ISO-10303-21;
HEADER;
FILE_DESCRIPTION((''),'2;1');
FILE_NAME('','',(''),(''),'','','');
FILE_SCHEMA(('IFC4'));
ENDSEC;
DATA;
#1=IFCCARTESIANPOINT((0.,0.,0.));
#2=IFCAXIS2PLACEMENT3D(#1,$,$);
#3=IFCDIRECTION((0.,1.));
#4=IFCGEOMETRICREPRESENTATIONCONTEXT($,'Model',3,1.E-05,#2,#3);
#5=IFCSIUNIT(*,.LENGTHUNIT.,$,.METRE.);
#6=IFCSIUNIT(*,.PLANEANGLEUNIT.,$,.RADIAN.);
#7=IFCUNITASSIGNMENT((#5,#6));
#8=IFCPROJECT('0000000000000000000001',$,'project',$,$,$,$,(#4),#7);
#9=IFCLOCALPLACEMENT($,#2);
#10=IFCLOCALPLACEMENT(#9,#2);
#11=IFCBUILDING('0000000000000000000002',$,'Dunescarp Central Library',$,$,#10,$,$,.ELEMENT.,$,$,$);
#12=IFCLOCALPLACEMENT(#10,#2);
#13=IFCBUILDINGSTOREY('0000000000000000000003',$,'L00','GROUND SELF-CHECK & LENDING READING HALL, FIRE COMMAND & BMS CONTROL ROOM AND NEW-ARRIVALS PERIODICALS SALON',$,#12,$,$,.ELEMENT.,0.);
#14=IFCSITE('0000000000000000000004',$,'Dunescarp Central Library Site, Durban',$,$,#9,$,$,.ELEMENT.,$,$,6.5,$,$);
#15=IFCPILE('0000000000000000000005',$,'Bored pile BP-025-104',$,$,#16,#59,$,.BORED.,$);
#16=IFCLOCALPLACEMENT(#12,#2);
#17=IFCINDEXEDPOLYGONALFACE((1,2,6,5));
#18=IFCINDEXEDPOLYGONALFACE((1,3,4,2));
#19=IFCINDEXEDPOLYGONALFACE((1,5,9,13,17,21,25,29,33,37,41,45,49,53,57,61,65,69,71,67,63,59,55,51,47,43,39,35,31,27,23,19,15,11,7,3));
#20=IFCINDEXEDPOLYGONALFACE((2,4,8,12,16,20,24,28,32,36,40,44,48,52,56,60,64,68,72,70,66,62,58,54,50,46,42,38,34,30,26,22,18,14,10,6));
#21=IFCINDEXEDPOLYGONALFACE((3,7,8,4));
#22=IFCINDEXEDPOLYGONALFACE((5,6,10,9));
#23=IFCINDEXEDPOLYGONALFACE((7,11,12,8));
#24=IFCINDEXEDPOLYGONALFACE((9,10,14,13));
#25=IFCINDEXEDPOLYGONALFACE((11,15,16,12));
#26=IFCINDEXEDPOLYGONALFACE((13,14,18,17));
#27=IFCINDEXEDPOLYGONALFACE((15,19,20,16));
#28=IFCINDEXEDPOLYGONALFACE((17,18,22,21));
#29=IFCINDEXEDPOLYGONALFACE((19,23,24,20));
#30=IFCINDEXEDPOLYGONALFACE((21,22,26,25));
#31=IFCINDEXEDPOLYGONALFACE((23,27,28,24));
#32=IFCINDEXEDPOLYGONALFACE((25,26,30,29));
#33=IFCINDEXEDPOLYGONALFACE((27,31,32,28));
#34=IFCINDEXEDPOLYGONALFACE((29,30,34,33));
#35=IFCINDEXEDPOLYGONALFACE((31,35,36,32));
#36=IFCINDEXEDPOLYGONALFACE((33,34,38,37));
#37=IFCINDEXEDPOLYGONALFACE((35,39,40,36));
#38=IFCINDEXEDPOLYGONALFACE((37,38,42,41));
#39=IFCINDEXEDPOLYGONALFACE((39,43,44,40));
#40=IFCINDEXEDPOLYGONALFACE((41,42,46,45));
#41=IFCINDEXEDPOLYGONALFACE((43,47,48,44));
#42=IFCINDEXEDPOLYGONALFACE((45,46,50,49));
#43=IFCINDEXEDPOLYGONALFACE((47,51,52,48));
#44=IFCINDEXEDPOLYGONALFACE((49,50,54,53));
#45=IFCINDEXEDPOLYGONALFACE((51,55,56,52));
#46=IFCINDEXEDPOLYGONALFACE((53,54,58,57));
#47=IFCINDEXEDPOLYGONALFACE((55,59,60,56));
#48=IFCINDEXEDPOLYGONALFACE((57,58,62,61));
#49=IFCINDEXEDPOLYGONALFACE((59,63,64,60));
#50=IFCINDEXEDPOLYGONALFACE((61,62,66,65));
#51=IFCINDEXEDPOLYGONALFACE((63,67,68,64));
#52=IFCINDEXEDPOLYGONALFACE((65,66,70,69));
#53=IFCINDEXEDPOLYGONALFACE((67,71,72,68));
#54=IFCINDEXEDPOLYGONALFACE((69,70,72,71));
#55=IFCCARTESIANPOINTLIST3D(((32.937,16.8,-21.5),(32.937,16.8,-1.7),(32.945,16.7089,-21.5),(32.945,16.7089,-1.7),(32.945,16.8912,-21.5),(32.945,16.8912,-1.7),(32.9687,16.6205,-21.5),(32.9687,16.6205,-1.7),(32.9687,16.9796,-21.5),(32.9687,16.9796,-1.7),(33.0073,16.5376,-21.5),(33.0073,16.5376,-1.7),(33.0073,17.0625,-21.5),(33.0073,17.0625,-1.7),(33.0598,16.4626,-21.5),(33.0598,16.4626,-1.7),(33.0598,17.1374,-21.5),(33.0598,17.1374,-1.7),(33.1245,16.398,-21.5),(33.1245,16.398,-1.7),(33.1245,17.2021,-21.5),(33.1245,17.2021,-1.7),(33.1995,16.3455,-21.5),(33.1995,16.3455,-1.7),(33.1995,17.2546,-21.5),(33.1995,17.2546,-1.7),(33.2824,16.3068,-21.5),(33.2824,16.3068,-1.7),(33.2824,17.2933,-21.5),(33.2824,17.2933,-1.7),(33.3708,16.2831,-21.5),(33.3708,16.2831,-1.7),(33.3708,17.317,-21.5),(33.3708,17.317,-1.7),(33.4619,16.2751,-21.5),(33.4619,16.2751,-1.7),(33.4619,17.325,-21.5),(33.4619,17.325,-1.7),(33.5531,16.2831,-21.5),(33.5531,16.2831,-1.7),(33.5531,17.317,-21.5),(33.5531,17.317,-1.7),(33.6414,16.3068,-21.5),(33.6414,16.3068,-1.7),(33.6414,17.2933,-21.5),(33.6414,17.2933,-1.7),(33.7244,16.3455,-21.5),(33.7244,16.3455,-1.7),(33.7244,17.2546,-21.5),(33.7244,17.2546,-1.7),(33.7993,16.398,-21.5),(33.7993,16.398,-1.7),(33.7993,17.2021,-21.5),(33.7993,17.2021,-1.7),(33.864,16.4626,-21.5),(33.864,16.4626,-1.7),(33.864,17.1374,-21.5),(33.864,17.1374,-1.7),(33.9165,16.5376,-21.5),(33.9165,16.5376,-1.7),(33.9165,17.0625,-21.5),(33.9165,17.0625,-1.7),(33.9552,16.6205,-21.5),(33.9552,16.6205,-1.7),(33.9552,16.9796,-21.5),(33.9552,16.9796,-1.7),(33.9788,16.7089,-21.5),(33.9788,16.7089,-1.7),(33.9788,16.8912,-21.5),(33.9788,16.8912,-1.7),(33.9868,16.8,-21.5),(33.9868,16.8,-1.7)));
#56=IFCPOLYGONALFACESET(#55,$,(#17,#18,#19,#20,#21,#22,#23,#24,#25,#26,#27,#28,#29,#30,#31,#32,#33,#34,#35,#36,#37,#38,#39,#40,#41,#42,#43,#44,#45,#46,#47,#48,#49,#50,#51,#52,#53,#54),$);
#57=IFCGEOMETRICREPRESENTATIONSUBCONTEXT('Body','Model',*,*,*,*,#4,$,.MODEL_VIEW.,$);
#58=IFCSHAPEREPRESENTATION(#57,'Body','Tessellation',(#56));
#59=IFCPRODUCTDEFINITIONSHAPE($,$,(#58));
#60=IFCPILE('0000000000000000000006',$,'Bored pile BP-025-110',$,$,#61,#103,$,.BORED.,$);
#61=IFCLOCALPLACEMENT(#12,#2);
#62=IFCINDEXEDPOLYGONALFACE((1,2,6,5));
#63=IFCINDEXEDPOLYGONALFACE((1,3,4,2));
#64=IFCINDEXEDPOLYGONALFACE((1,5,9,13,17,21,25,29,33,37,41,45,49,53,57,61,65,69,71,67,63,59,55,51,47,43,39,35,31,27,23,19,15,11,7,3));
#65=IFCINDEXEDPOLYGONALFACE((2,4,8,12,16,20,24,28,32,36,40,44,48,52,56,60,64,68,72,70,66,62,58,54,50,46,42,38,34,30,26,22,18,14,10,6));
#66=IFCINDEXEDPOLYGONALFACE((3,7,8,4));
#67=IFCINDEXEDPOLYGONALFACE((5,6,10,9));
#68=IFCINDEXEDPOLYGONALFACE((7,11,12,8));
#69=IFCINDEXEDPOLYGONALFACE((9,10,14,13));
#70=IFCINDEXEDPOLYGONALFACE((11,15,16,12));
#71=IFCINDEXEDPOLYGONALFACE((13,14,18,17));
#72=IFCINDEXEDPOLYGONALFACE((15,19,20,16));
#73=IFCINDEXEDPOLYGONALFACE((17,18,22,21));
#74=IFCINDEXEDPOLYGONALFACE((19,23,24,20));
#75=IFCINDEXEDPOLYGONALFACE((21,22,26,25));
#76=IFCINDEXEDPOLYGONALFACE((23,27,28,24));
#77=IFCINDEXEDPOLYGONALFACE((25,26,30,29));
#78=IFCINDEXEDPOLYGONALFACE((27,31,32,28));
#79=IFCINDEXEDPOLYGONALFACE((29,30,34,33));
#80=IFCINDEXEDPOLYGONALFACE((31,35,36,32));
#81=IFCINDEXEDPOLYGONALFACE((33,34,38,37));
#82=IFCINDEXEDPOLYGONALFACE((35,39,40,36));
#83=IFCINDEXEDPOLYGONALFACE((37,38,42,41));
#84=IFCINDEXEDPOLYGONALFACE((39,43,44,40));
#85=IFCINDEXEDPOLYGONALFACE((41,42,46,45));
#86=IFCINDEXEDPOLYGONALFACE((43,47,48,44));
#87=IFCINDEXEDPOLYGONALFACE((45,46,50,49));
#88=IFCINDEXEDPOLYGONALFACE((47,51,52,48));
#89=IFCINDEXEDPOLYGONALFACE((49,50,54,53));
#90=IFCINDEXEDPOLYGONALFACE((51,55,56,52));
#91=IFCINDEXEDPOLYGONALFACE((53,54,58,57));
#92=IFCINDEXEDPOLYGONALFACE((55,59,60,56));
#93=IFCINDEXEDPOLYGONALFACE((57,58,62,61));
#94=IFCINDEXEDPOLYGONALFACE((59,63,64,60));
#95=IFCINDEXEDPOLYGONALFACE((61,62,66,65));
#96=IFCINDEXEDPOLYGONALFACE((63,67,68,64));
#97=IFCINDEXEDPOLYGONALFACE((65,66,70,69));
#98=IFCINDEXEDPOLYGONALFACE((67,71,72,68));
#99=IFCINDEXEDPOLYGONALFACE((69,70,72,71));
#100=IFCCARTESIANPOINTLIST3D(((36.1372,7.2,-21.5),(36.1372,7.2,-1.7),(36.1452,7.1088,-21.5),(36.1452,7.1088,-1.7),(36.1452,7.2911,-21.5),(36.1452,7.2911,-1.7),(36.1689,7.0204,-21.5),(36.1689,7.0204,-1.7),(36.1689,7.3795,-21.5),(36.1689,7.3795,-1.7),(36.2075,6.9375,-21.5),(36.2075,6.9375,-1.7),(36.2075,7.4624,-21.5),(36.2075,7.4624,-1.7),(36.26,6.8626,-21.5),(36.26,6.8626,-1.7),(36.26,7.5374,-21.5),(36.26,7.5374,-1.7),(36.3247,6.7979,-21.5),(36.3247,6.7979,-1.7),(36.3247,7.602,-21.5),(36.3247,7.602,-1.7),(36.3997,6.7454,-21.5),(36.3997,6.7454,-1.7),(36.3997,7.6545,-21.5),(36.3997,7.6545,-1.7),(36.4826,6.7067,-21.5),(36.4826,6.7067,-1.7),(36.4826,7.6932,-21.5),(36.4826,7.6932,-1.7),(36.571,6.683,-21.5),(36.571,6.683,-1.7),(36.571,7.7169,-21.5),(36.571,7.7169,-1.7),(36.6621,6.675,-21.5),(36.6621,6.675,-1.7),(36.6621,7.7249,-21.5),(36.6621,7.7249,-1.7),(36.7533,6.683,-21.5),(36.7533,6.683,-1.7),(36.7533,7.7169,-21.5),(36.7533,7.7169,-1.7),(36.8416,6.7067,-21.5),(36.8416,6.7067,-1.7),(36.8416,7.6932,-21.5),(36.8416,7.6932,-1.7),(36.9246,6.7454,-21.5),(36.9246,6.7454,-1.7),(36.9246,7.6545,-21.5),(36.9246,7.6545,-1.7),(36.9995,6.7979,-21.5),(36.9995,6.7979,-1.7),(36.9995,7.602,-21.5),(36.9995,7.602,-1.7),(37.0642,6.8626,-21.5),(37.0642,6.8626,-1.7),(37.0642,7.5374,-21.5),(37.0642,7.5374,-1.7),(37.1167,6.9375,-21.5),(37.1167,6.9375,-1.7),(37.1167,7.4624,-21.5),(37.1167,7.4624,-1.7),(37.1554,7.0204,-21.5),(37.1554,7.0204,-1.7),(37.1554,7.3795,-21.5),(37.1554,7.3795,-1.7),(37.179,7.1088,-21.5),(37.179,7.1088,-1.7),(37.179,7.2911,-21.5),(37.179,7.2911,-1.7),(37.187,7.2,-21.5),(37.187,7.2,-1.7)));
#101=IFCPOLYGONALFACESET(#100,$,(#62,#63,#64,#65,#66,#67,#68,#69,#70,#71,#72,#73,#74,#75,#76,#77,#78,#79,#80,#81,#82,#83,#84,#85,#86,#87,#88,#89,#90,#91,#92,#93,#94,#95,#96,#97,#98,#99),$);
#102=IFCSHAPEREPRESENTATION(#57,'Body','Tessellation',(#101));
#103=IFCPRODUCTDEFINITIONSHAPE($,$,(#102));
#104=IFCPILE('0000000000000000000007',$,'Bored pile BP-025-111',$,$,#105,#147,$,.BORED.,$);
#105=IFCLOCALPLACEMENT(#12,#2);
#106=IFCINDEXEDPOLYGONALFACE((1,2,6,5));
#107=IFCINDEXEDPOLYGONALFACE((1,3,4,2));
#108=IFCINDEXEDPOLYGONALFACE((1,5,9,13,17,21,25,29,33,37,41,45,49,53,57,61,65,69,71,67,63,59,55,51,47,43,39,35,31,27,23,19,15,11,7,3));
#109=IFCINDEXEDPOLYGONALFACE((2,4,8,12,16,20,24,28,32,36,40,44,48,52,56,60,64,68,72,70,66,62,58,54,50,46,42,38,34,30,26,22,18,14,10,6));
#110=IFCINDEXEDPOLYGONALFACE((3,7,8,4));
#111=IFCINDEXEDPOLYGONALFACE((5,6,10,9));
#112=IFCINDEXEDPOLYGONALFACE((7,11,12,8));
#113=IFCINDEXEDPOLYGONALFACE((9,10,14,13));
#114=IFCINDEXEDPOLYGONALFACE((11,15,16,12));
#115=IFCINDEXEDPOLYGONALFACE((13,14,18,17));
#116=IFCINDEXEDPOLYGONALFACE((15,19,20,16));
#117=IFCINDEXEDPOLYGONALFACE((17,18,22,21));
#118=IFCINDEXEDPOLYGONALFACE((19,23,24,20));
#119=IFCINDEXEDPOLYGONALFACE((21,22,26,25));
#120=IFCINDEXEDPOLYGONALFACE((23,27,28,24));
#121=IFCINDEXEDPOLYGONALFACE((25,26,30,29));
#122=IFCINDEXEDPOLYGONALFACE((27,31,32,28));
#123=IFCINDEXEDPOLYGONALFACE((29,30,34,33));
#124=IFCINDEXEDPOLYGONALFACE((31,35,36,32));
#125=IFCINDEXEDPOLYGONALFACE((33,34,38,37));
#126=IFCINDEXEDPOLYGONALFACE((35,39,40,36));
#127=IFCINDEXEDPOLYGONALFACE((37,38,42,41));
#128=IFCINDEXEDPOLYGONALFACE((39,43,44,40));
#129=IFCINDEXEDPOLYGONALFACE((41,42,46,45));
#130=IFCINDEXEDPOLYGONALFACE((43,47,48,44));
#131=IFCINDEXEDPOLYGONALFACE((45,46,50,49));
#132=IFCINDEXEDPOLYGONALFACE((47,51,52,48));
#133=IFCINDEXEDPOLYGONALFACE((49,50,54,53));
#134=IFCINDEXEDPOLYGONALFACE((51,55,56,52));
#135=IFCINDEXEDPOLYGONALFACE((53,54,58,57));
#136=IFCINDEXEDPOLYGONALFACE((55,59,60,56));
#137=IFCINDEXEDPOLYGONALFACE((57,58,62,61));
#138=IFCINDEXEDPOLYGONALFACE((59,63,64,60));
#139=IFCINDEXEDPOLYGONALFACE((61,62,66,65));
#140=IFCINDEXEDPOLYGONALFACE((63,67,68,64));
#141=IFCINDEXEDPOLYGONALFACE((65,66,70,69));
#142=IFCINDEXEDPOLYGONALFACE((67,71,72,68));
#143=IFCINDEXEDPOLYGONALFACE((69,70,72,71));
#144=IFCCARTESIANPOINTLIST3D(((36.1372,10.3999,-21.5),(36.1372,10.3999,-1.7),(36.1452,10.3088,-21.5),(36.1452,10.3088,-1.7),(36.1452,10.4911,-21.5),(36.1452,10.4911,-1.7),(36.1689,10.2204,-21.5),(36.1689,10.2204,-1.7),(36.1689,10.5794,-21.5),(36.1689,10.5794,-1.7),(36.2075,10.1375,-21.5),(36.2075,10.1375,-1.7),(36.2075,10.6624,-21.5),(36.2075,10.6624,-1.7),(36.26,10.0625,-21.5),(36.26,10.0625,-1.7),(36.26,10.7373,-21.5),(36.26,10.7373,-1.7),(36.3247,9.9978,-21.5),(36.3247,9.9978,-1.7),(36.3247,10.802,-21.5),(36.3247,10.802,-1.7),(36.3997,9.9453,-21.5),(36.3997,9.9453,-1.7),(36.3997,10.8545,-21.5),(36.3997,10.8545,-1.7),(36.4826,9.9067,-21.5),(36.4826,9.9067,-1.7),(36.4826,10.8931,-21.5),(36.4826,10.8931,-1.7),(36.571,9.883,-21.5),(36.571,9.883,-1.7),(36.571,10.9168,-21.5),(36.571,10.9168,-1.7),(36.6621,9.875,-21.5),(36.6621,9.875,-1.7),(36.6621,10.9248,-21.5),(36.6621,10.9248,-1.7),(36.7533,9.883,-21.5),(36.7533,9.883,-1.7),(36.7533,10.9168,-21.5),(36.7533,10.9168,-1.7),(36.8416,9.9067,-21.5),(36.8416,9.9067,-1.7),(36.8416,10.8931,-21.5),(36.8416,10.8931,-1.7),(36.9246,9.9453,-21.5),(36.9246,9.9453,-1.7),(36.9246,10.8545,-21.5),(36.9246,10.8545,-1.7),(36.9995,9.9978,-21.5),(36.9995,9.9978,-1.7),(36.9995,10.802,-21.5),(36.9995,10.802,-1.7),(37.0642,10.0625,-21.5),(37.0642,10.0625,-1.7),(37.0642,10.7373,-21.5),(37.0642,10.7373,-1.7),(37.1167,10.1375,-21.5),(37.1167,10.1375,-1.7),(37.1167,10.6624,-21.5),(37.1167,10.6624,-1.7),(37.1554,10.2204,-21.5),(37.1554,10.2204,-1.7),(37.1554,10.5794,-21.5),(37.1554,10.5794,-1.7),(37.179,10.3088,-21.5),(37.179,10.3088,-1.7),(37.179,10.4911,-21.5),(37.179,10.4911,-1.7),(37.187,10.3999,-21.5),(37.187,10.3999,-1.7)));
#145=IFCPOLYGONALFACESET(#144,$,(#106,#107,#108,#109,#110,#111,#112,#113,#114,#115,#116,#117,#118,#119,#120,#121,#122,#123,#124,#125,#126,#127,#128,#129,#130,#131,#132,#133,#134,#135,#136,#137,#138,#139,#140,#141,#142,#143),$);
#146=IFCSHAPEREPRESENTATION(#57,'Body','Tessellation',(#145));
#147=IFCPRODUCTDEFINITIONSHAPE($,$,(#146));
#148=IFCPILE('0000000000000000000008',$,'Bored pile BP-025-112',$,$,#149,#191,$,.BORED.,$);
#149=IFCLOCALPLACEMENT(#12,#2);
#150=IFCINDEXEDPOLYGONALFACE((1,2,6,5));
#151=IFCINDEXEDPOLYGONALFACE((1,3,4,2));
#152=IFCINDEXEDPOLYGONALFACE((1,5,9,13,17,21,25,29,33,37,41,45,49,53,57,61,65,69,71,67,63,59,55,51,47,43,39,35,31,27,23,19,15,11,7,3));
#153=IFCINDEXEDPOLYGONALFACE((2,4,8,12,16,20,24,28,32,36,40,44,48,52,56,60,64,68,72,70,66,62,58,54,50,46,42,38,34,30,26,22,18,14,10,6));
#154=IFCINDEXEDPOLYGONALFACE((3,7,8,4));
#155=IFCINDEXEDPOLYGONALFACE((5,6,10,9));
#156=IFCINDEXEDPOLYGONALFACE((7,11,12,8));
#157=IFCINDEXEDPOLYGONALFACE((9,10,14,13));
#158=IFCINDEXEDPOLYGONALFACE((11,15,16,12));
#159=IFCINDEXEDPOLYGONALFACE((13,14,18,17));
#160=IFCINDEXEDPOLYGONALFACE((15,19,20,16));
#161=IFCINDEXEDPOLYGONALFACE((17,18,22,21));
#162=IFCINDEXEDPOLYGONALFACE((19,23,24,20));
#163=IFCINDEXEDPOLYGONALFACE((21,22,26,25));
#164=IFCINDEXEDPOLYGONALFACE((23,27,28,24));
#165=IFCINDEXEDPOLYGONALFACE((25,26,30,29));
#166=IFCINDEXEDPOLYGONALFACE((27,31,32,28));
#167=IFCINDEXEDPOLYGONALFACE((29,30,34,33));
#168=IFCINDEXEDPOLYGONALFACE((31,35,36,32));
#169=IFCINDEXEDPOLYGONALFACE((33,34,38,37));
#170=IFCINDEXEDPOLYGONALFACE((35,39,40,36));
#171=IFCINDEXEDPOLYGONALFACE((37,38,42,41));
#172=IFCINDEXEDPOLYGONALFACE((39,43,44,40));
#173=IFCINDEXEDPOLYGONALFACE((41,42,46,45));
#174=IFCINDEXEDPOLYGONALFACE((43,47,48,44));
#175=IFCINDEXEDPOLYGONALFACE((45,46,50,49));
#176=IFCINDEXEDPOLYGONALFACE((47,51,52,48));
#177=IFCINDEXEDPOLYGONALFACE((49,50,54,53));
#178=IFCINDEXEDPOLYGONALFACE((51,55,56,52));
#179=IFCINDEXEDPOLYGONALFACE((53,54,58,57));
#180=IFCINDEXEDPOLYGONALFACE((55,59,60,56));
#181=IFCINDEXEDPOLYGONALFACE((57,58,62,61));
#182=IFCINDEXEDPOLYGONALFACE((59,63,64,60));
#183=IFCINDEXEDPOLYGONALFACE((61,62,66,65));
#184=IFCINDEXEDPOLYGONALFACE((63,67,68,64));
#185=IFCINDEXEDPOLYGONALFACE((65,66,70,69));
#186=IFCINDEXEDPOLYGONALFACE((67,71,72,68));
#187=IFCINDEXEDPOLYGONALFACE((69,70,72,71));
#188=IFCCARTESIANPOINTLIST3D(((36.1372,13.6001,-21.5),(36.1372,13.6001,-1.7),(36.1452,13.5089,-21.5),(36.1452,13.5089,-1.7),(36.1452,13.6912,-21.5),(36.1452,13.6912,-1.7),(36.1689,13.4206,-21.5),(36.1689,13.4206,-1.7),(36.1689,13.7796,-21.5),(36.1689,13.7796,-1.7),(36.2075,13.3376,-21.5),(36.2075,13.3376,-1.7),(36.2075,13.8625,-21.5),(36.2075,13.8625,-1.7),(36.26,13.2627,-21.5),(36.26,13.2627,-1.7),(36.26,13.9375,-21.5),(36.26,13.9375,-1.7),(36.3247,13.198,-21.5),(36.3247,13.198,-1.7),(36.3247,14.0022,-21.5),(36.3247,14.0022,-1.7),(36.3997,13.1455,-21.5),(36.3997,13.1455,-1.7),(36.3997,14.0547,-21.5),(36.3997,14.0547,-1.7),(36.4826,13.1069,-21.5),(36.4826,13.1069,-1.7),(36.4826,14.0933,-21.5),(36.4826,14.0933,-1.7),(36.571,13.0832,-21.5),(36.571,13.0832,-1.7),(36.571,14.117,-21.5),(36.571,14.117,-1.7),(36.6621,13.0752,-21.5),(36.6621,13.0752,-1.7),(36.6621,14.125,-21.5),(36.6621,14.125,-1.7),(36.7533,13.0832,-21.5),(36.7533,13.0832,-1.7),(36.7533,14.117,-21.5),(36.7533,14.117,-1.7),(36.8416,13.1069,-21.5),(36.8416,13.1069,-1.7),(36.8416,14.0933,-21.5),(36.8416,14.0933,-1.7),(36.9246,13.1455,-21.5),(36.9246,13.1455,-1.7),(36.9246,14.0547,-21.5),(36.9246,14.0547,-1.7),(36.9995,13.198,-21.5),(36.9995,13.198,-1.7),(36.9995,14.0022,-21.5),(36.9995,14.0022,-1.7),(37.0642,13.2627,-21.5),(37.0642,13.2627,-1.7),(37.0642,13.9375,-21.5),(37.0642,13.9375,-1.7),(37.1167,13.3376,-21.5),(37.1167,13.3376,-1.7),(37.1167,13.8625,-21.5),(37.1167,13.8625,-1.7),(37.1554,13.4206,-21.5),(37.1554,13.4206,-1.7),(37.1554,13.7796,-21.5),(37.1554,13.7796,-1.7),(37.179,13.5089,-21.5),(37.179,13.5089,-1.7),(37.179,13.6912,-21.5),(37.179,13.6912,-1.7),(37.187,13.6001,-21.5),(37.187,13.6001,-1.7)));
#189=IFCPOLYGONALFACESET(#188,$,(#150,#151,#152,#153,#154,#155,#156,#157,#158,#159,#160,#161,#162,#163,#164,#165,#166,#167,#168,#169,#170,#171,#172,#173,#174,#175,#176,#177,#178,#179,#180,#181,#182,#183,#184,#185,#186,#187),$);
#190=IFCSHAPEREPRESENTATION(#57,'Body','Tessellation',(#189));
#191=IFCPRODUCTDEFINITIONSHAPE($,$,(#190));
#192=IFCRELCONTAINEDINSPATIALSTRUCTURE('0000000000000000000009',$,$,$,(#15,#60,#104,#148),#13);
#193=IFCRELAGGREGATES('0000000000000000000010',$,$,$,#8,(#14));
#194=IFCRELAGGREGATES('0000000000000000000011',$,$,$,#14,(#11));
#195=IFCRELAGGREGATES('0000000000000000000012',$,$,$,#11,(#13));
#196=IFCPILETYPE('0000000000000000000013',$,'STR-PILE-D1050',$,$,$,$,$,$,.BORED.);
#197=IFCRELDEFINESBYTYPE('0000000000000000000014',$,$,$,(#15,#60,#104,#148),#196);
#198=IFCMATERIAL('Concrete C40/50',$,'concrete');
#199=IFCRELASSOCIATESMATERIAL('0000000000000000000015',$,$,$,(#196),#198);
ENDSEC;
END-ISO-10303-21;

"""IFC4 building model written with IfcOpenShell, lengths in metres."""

from ifc_helpers import new_model, si_unit, direction, frame, origin, origin_2d, place, context, subcontext, project, spatial, circle, extrude, material, material_profile, profile_set, type_object, element, save


model = new_model("IFC4")

# Units and contexts
model_context = context("Model", 3, precision=1e-05, world=origin(), true_north=direction((0.0, 1.0)))
body_context = subcontext(model_context, "Body", "Model", "MODEL_VIEW")
ifc_project = project(units=[si_unit("LENGTHUNIT", "METRE"), si_unit("PLANEANGLEUNIT", "RADIAN")], contexts=[model_context])

# Site, building, storey
site_placement = place(None, origin())
site = spatial("IfcSite", under=ifc_project, at=site_placement, Name="Dunescarp Central Library Site, Durban", CompositionType="ELEMENT", RefElevation=6.5)
building_placement = place(site_placement, origin())
building = spatial("IfcBuilding", under=site, at=building_placement, Name="Dunescarp Central Library", CompositionType="ELEMENT")
storey_placement = place(building_placement, origin())
storey = spatial("IfcBuildingStorey", under=building, at=storey_placement, Name="L00", Description="GROUND SELF-CHECK & LENDING READING HALL, FIRE COMMAND & BMS CONTROL ROOM AND NEW-ARRIVALS PERIODICALS SALON", CompositionType="ELEMENT", Elevation=0.0)

# Piles
ifc_material_1 = material(Name="Concrete C40/50", Category="concrete")
ifc_material_profile_1 = material_profile(ifc_material_1, circle(Radius=0.5249, at=origin_2d()), Name="PILE D1050")
ifc_profile_set_1 = profile_set([ifc_material_profile_1], Name="Concrete C40/50")
pile_type = type_object("IfcPileType", Name="STR-PILE-D1050", PredefinedType="BORED", material=ifc_profile_set_1)
for number, where, z_axis, x_axis, name in (
    (1, (33.4619, 16.8, -1.7), (0.0, 0.0, -1.0), (1.0, 0.0, 0.0), "Bored pile BP-025-104"),
    (2, (36.6621, 7.2, -1.7), (0.0, 0.0, -1.0), (1.0, 0.0, 0.0), "Bored pile BP-025-110"),
    (3, (36.6621, 10.3999, -1.7), (0.0, 0.0, -1.0), (1.0, 0.0, 0.0), "Bored pile BP-025-111"),
    (4, (36.6621, 13.6001, -1.7), (0.0, 0.0, -1.0), (1.0, 0.0, 0.0), "Bored pile BP-025-112"),
):
    element("IfcPile", number, at=place(storey_placement, frame(where, z_axis=z_axis, x_axis=x_axis)), inside=storey, type_object=pile_type, Name=name, PredefinedType="BORED", context=body_context, shape_type="SweptSolid", body=[
        extrude(circle(Radius=0.5249, at=origin_2d()), origin(), (0.0, 0.0, 1.0), 19.8),
    ])

save(model, "model.ifc")
